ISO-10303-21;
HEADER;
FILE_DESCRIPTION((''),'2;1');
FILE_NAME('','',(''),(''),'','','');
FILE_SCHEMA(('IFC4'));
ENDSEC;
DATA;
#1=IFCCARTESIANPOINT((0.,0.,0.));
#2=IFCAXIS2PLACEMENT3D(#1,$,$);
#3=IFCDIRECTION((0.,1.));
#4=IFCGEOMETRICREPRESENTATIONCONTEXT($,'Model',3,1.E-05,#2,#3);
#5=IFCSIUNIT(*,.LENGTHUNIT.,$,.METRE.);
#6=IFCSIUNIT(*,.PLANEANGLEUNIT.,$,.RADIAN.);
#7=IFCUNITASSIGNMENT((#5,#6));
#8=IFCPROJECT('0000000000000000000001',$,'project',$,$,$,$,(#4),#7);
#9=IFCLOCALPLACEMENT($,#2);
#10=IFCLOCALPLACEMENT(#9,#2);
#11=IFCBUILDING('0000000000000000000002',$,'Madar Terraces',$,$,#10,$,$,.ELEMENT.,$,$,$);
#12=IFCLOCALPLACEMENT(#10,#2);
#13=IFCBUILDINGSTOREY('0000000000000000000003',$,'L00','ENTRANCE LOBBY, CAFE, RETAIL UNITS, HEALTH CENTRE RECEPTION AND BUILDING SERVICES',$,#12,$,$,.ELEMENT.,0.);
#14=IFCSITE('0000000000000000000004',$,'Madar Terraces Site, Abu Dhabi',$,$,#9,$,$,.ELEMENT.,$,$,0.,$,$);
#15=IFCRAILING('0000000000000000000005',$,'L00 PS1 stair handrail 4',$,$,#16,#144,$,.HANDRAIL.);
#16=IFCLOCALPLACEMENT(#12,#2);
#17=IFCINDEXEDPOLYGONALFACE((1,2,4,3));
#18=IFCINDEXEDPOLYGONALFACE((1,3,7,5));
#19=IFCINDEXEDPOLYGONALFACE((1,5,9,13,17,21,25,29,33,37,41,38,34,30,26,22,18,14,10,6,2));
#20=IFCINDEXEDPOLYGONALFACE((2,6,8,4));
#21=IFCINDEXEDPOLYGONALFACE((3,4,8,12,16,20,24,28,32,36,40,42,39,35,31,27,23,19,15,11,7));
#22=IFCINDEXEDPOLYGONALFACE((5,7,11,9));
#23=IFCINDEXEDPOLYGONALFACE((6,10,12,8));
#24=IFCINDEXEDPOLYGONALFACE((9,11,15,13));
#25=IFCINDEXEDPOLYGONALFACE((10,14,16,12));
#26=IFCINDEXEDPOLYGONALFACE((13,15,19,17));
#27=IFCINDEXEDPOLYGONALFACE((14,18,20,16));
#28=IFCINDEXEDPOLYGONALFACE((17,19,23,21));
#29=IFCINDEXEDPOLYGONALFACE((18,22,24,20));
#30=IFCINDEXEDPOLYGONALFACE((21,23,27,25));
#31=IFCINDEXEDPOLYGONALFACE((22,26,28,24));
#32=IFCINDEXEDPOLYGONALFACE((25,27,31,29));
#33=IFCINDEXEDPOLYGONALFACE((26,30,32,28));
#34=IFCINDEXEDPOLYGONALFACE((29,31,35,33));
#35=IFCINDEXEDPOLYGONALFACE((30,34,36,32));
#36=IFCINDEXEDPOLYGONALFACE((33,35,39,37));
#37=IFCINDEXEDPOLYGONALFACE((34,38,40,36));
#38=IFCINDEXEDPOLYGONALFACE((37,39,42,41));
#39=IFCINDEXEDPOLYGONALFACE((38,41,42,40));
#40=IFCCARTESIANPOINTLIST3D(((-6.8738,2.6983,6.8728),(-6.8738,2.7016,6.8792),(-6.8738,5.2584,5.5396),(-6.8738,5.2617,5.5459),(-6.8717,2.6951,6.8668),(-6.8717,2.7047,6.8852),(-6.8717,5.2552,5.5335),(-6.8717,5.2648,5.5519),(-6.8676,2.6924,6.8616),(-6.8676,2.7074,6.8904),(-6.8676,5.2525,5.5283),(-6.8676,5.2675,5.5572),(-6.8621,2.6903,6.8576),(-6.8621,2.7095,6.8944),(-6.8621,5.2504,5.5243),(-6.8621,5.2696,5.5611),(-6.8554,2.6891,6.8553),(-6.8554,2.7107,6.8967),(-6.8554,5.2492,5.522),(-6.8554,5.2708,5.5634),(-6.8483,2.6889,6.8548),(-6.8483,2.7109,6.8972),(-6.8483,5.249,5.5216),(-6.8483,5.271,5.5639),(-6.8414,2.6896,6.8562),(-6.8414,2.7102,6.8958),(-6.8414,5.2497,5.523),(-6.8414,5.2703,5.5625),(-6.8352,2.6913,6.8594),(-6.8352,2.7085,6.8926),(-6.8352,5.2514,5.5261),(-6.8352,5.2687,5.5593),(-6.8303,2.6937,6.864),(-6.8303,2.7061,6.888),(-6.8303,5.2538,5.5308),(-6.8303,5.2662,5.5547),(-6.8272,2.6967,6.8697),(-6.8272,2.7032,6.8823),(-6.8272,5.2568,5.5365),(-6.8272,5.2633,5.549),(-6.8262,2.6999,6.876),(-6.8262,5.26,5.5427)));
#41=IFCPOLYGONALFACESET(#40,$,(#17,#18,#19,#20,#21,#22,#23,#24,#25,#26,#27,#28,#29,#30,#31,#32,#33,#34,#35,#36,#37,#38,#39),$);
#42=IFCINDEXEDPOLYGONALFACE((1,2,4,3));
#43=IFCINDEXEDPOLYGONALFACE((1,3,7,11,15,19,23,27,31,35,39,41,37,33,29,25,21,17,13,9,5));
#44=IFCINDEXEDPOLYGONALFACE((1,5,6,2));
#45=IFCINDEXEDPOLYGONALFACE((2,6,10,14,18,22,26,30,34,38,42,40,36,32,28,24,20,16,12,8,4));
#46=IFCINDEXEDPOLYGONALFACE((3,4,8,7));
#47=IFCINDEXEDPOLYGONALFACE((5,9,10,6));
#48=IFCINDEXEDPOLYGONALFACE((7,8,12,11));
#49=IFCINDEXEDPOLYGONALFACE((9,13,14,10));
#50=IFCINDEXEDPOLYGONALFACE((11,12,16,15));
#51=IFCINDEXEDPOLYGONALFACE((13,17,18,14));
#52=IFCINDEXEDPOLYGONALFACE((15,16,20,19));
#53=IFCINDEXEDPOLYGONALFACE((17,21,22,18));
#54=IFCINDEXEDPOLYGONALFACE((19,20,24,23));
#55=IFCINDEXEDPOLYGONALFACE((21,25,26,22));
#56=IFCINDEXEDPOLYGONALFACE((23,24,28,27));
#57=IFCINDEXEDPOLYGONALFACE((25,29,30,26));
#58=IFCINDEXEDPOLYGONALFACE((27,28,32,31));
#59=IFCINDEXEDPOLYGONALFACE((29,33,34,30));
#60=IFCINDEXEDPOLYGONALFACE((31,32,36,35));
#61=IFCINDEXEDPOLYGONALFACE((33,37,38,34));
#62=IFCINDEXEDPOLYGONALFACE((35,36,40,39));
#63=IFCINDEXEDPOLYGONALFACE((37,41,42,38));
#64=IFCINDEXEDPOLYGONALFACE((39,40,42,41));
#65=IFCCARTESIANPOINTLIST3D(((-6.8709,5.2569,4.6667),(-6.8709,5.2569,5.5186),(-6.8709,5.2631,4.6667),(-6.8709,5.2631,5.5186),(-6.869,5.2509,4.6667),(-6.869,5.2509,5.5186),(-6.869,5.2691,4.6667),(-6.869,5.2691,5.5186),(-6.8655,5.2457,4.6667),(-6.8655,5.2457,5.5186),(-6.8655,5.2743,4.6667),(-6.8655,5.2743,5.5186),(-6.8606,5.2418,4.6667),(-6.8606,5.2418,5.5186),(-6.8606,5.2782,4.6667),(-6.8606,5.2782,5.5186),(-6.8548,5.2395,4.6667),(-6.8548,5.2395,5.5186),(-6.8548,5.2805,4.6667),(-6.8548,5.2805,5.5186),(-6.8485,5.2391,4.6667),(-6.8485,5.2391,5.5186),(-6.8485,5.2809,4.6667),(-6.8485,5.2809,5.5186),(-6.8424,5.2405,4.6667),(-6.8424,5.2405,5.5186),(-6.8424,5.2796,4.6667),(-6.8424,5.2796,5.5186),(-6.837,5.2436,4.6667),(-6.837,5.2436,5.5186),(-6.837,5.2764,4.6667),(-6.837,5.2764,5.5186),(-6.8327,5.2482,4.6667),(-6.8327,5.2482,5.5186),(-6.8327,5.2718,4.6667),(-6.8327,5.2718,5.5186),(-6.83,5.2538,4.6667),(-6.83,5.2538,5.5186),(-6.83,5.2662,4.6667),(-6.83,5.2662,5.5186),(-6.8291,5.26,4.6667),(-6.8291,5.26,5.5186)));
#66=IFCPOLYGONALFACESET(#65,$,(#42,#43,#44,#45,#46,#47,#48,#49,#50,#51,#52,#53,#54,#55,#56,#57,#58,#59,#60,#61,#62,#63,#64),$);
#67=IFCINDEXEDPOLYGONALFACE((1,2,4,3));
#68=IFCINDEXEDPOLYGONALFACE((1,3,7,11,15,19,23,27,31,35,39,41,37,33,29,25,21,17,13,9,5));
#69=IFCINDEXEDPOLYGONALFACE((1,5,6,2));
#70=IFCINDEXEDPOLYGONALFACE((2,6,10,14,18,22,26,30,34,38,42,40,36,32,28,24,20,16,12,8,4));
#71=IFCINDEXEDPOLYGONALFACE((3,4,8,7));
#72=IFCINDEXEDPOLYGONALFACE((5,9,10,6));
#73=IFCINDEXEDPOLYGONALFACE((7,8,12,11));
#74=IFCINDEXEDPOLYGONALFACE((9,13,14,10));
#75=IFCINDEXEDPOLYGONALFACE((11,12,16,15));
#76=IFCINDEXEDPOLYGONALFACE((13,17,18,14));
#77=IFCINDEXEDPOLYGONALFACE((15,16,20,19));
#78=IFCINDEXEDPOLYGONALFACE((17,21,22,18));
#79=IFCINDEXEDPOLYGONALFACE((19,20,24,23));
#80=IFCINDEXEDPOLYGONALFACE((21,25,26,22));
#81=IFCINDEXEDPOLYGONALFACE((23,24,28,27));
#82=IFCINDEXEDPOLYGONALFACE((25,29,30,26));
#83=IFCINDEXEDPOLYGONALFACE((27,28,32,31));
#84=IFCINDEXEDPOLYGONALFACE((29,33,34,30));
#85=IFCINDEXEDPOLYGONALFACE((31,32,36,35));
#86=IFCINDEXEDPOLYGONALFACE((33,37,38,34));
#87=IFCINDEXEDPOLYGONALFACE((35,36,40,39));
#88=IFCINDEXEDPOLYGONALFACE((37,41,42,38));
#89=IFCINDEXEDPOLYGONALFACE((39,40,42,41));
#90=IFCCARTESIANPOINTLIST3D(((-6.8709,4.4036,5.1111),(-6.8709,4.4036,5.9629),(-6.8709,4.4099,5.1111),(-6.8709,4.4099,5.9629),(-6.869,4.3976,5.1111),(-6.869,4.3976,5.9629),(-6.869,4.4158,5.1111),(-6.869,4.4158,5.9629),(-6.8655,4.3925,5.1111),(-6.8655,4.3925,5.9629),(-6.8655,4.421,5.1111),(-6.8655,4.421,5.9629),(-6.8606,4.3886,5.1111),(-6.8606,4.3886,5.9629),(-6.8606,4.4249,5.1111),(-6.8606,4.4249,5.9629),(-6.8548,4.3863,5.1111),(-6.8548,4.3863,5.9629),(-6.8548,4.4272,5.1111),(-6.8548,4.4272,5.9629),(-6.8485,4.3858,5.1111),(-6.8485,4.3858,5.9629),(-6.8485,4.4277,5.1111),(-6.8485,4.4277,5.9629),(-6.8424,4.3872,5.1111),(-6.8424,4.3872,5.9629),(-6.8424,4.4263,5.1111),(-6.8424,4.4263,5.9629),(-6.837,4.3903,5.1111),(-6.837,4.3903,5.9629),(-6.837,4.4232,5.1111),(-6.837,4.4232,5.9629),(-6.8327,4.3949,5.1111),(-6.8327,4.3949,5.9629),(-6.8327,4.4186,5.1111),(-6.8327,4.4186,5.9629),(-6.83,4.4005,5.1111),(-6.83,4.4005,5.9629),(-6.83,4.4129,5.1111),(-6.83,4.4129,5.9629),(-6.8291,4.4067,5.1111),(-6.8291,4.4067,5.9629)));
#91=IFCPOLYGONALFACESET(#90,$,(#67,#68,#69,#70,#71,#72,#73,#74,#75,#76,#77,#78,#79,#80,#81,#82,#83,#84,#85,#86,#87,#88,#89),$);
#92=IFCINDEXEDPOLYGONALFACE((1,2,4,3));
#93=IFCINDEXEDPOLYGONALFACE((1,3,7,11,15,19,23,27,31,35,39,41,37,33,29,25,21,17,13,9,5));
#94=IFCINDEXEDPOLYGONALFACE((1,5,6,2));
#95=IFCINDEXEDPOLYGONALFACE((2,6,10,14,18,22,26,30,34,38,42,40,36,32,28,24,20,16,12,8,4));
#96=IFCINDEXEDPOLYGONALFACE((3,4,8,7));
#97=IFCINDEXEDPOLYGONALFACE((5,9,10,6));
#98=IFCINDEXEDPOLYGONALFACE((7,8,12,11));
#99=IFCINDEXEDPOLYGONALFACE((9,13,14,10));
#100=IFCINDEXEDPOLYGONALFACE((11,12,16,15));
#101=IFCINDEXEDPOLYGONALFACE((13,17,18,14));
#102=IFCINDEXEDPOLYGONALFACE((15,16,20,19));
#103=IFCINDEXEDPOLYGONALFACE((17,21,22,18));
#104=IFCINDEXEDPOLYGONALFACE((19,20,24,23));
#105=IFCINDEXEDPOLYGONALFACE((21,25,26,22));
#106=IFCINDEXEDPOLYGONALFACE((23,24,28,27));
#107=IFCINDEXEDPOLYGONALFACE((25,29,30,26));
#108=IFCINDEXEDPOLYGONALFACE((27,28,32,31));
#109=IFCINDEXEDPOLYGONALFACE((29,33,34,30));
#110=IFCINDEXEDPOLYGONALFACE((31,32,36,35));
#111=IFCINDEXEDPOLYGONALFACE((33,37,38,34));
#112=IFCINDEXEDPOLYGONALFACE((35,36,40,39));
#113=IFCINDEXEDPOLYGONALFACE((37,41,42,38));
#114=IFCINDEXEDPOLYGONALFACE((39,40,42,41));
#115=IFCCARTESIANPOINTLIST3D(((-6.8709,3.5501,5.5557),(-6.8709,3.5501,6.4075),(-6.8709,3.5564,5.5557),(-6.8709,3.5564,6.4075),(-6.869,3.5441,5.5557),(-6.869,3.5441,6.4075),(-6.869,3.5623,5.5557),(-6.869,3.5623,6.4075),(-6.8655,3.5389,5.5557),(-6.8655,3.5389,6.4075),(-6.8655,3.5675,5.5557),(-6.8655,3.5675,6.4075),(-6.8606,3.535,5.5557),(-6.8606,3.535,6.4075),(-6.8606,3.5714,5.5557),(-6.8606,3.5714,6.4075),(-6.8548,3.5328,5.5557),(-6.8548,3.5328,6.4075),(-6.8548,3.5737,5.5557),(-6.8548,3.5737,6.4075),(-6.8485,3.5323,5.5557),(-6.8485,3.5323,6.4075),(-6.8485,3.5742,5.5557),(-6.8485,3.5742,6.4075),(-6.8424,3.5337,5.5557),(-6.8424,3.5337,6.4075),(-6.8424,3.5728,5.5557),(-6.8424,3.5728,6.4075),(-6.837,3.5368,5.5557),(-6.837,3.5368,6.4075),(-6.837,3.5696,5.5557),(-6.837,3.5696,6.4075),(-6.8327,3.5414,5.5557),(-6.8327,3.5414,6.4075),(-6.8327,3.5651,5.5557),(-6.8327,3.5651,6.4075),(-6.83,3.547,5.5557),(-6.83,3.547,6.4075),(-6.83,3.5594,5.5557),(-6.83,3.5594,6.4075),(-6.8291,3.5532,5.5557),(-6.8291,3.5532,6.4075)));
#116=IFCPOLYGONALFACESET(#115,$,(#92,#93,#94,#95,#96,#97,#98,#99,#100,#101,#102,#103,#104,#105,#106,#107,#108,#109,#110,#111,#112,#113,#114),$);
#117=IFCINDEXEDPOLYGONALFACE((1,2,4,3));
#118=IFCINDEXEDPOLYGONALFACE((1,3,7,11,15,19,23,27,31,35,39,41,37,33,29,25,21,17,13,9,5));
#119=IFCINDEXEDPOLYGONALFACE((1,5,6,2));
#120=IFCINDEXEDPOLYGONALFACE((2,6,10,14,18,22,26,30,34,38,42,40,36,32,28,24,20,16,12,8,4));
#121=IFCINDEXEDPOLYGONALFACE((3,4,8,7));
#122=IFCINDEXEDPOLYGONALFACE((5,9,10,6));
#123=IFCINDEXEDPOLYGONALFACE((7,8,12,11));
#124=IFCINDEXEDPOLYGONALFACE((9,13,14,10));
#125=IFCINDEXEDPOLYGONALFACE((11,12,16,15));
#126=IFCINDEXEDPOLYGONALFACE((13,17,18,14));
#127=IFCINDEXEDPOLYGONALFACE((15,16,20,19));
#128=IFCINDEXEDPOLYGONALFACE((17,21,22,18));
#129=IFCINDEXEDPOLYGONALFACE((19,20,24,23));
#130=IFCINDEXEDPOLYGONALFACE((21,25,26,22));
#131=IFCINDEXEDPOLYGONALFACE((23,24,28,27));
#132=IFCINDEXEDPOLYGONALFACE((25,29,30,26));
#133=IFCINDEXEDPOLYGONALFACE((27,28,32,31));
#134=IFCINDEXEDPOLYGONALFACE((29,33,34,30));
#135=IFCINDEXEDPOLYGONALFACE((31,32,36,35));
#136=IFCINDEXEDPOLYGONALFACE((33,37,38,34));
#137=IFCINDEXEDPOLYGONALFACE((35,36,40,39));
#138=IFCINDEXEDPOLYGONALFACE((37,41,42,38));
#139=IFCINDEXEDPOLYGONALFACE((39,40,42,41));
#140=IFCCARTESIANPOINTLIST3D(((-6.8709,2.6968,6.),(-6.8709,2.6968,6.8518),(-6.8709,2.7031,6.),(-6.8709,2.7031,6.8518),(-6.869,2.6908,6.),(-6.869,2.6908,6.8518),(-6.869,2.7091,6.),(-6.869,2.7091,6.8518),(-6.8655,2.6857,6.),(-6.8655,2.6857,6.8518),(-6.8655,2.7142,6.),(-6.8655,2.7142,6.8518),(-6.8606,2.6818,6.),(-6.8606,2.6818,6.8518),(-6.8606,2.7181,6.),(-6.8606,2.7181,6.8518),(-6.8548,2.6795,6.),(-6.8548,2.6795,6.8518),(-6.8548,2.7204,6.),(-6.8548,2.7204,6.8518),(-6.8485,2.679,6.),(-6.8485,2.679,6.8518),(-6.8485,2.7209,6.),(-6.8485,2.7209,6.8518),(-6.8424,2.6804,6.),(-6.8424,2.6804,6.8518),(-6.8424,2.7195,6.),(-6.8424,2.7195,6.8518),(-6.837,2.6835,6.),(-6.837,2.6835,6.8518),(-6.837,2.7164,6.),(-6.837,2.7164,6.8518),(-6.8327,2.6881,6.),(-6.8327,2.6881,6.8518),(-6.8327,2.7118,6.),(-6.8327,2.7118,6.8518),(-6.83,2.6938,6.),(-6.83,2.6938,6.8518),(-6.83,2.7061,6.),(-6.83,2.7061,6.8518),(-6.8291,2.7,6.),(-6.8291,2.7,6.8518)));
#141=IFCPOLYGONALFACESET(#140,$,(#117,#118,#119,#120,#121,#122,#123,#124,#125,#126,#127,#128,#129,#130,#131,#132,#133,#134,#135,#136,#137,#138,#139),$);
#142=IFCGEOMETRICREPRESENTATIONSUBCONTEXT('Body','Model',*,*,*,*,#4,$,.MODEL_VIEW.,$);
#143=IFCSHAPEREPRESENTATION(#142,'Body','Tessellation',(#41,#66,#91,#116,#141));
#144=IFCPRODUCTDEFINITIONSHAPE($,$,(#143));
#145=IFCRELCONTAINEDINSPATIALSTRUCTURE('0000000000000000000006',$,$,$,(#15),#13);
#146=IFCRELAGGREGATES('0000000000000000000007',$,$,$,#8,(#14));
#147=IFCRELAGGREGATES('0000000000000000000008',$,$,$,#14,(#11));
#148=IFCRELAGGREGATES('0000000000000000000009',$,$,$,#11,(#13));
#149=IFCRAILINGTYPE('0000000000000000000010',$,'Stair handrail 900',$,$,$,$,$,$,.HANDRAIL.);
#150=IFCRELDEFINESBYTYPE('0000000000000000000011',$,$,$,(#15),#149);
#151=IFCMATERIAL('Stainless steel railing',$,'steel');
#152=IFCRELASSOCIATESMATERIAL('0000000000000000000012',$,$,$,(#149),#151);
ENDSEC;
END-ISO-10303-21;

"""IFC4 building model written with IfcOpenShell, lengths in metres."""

from ifc_helpers import new_model, si_unit, direction, frame, origin, origin_2d, place, context, subcontext, project, spatial, circle, extrude, material, type_object, element, save


model = new_model("IFC4")

# Units and contexts
model_context = context("Model", 3, precision=1e-05, world=origin(), true_north=direction((0.0, 1.0)))
body_context = subcontext(model_context, "Body", "Model", "MODEL_VIEW")
ifc_project = project(units=[si_unit("LENGTHUNIT", "METRE"), si_unit("PLANEANGLEUNIT", "RADIAN")], contexts=[model_context])

# Site, building, storey
site_placement = place(None, origin())
site = spatial("IfcSite", under=ifc_project, at=site_placement, Name="Madar Terraces Site, Abu Dhabi", CompositionType="ELEMENT", RefElevation=0.0)
building_placement = place(site_placement, origin())
building = spatial("IfcBuilding", under=site, at=building_placement, Name="Madar Terraces", CompositionType="ELEMENT")
storey_placement = place(building_placement, origin())
storey = spatial("IfcBuildingStorey", under=building, at=storey_placement, Name="L00", Description="ENTRANCE LOBBY, CAFE, RETAIL UNITS, HEALTH CENTRE RECEPTION AND BUILDING SERVICES", CompositionType="ELEMENT", Elevation=0.0)

# Railing
ifc_material_1 = material(Name="Stainless steel railing", Category="steel")
railing_type_1 = type_object("IfcRailingType", Name="Stair handrail 900", PredefinedType="HANDRAIL", material=ifc_material_1)
railing_1_placement = place(storey_placement, frame((-6.8501, 5.26, 4.6667)))
element("IfcRailing", 1, at=railing_1_placement, inside=storey, type_object=railing_type_1, Name="L00 PS1 stair handrail 4", PredefinedType="HANDRAIL", context=body_context, shape_type="SweptSolid", body=[
    extrude(circle(Radius=0.0239, at=origin_2d()), frame((0.0, 0.0, 0.876), z_axis=(0.0, -0.88693, 0.461904), x_axis=(1.0, 0.0, 0.0)), (0.0, 0.0, 1.0), 2.8865),
    extrude(circle(Radius=0.021, at=origin_2d()), origin(), (0.0, 0.0, 1.0), 0.8518),
    extrude(circle(Radius=0.021, at=origin_2d()), frame((0.0, -0.8533, 0.4443)), (0.0, 0.0, 1.0), 0.8518),
    extrude(circle(Radius=0.021, at=origin_2d()), frame((0.0, -1.7068, 0.8889)), (0.0, 0.0, 1.0), 0.8518),
    extrude(circle(Radius=0.021, at=origin_2d()), frame((0.0, -2.5601, 1.3333)), (0.0, 0.0, 1.0), 0.8518),
])

save(model, "model.ifc")
